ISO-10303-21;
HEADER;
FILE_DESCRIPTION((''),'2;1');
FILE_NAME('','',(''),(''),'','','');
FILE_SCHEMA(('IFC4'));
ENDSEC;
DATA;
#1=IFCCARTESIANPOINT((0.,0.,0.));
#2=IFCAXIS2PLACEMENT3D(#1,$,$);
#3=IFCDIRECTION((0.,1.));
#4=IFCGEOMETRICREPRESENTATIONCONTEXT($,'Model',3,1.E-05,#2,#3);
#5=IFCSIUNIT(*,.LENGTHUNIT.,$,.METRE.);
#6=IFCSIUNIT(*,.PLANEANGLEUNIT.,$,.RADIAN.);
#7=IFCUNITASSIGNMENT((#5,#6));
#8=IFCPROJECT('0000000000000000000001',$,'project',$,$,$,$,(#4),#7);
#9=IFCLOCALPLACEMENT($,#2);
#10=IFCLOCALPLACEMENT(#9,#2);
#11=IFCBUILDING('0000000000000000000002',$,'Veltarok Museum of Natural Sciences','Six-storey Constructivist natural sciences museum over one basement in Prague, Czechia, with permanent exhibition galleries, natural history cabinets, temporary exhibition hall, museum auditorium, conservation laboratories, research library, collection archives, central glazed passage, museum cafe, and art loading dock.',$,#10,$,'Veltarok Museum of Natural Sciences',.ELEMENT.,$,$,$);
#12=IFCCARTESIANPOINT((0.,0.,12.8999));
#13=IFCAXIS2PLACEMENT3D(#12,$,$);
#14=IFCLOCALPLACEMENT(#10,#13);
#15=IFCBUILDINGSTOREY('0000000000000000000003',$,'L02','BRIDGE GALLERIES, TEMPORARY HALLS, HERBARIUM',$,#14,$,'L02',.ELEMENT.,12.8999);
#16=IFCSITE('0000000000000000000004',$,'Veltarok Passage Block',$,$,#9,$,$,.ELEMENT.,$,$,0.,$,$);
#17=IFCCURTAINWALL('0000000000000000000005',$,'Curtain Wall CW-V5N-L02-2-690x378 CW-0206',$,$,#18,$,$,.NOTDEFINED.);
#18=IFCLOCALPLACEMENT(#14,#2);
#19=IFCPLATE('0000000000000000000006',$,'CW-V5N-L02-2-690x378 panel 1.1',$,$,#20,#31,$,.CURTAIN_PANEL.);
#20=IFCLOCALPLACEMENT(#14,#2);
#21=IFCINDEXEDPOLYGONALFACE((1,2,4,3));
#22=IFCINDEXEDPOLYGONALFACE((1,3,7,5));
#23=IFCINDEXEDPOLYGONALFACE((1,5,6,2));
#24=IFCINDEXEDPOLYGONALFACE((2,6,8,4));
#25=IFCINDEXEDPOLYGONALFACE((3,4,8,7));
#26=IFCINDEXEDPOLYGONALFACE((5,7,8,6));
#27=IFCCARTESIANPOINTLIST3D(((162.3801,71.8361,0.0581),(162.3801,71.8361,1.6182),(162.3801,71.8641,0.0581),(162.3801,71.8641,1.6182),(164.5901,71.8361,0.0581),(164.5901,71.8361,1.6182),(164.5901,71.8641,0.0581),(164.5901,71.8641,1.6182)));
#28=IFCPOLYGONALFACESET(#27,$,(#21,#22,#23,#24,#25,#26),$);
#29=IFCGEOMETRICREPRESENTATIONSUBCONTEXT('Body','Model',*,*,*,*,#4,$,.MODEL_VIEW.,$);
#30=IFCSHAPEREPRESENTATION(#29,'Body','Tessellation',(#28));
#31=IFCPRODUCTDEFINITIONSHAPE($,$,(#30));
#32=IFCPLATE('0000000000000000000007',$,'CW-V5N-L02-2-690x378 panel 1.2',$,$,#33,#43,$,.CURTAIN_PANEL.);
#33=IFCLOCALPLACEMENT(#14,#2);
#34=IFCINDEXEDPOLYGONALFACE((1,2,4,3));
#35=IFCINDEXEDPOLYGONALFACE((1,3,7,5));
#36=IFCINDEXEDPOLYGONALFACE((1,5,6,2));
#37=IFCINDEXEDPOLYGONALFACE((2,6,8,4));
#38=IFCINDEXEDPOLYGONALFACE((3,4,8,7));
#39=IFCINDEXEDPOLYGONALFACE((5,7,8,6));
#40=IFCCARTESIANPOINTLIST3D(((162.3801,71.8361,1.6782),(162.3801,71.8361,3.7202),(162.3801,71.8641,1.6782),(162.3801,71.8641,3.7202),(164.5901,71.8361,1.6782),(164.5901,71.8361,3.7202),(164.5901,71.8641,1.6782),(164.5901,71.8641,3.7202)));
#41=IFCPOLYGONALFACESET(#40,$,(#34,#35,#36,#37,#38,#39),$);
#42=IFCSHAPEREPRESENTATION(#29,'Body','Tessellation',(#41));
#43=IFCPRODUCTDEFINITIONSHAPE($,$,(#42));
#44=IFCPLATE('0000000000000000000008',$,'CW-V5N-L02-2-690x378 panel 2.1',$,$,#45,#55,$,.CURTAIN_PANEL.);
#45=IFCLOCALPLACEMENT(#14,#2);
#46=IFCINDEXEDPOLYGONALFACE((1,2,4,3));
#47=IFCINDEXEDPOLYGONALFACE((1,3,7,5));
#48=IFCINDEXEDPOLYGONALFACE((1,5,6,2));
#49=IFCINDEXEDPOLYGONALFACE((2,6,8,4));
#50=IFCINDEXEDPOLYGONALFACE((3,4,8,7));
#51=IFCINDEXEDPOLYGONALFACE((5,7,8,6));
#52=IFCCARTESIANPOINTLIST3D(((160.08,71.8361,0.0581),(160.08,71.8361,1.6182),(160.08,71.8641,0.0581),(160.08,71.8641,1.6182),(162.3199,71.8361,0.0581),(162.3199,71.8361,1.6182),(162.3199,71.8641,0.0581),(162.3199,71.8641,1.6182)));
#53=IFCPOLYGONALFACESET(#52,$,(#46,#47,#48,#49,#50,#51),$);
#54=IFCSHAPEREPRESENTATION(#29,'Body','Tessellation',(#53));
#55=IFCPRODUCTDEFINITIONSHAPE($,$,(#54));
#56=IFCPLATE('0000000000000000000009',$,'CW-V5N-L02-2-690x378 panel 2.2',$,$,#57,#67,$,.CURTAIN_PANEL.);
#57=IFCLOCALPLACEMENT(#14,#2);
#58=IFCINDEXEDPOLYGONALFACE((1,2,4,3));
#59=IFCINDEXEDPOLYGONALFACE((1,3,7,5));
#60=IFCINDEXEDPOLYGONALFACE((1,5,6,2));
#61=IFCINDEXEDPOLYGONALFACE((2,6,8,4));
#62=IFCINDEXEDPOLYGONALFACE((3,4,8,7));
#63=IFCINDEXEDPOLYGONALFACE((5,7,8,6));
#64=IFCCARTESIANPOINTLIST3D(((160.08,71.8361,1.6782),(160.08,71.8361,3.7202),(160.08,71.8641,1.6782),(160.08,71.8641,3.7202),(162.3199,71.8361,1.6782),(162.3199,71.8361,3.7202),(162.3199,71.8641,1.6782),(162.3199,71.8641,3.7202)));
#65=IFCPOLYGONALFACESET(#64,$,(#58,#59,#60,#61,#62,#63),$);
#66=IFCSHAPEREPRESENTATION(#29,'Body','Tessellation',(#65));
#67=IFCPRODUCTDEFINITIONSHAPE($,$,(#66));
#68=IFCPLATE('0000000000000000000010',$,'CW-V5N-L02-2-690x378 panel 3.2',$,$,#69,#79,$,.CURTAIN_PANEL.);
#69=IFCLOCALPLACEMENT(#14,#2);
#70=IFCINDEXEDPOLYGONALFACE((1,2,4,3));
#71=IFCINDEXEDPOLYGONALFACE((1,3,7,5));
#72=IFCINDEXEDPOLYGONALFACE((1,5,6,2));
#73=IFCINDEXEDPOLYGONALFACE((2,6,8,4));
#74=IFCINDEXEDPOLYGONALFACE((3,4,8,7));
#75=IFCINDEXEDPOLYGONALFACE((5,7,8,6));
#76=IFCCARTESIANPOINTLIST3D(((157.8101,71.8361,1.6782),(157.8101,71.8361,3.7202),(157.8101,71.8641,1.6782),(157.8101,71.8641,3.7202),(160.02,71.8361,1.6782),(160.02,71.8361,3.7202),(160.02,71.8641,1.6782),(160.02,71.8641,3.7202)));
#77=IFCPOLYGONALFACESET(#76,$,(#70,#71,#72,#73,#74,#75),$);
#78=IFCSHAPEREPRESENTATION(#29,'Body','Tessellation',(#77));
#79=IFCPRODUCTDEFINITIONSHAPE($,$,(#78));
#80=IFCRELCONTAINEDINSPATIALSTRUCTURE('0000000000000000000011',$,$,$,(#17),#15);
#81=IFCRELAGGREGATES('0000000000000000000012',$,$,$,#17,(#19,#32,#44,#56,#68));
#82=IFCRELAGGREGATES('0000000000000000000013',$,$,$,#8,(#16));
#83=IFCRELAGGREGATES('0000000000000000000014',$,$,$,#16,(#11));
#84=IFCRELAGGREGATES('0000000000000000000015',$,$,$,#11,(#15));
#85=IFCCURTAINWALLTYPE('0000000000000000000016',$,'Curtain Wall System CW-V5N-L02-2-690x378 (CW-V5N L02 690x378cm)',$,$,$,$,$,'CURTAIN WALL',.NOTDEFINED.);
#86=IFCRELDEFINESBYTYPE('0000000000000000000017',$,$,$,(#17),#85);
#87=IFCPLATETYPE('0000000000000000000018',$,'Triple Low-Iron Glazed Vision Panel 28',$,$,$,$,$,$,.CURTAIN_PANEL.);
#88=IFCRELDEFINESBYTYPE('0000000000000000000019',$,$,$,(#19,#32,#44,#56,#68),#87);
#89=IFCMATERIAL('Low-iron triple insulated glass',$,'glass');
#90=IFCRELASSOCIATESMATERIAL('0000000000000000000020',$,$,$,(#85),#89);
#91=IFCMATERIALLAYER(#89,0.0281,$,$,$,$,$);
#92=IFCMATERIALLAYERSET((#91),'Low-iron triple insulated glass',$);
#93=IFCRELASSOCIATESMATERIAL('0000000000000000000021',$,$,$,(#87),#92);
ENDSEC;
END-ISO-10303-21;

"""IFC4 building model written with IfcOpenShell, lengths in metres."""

from ifc_helpers import new_model, si_unit, direction, frame, origin, origin_2d, place, context, subcontext, project, spatial, rectangle, extrude, material, layer, layer_set, type_object, element, aggregate, save


model = new_model("IFC4")

# Units and contexts
model_context = context("Model", 3, precision=1e-05, world=origin(), true_north=direction((0.0, 1.0)))
body_context = subcontext(model_context, "Body", "Model", "MODEL_VIEW")
ifc_project = project(units=[si_unit("LENGTHUNIT", "METRE"), si_unit("PLANEANGLEUNIT", "RADIAN")], contexts=[model_context])

# Site, building, storey
site_placement = place(None, origin())
site = spatial("IfcSite", under=ifc_project, at=site_placement, Name="Veltarok Passage Block", CompositionType="ELEMENT", RefElevation=0.0)
building_placement = place(site_placement, origin())
building = spatial("IfcBuilding", under=site, at=building_placement, Name="Veltarok Museum of Natural Sciences", Description="Six-storey Constructivist natural sciences museum over one basement in Prague, Czechia, with permanent exhibition galleries, natural history cabinets, temporary exhibition hall, museum auditorium, conservation laboratories, research library, collection archives, central glazed passage, museum cafe, and art loading dock.", LongName="Veltarok Museum of Natural Sciences", CompositionType="ELEMENT")
storey_placement = place(building_placement, frame((0.0, 0.0, 12.8999)))
storey = spatial("IfcBuildingStorey", under=building, at=storey_placement, Name="L02", Description="BRIDGE GALLERIES, TEMPORARY HALLS, HERBARIUM", LongName="L02", CompositionType="ELEMENT", Elevation=12.8999)

# Curtain wall
ifc_material_1 = material(Name="Low-iron triple insulated glass", Category="glass")
curtain_wall_type_1 = type_object("IfcCurtainWallType", Name="Curtain Wall System CW-V5N-L02-2-690x378 (CW-V5N L02 690x378cm)", ElementType="CURTAIN WALL", PredefinedType="NOTDEFINED", material=ifc_material_1)
curtain_wall_1_placement = place(storey_placement, origin())
curtain_wall_1 = element("IfcCurtainWall", 1, at=curtain_wall_1_placement, inside=storey, type_object=curtain_wall_type_1, Name="Curtain Wall CW-V5N-L02-2-690x378 CW-0206", PredefinedType="NOTDEFINED")

# Plates
ifc_layer = layer(ifc_material_1, 0.0281)
ifc_layer_set = layer_set([ifc_layer], Name="Low-iron triple insulated glass")
plate_type = type_object("IfcPlateType", Name="Triple Low-Iron Glazed Vision Panel 28", PredefinedType="CURTAIN_PANEL", material=ifc_layer_set)
plate_1_placement = place(storey_placement, frame((163.4851, 71.8501, 0.0581), z_axis=(0.0, 0.0, 1.0), x_axis=(-1.0, 0.0, 0.0)))
plate_1 = element("IfcPlate", 2, at=plate_1_placement, type_object=plate_type, Name="CW-V5N-L02-2-690x378 panel 1.1", PredefinedType="CURTAIN_PANEL", context=body_context, shape_type="SweptSolid", body=[
    extrude(rectangle(XDim=2.21, YDim=0.0281, at=origin_2d()), origin(), (0.0, 0.0, 1.0), 1.5601),
])
plate_2_placement = place(storey_placement, frame((163.4851, 71.8501, 1.6782), z_axis=(0.0, 0.0, 1.0), x_axis=(-1.0, 0.0, 0.0)))
plate_2 = element("IfcPlate", 3, at=plate_2_placement, type_object=plate_type, Name="CW-V5N-L02-2-690x378 panel 1.2", PredefinedType="CURTAIN_PANEL", context=body_context, shape_type="SweptSolid", body=[
    extrude(rectangle(XDim=2.21, YDim=0.0281, at=origin_2d()), origin(), (0.0, 0.0, 1.0), 2.042),
])
plate_3_placement = place(storey_placement, frame((161.2, 71.8501, 0.0581), z_axis=(0.0, 0.0, 1.0), x_axis=(-1.0, 0.0, 0.0)))
plate_3 = element("IfcPlate", 4, at=plate_3_placement, type_object=plate_type, Name="CW-V5N-L02-2-690x378 panel 2.1", PredefinedType="CURTAIN_PANEL", context=body_context, shape_type="SweptSolid", body=[
    extrude(rectangle(XDim=2.24, YDim=0.0281, at=origin_2d()), origin(), (0.0, 0.0, 1.0), 1.5601),
])
plate_4_placement = place(storey_placement, frame((161.2, 71.8501, 1.6782), z_axis=(0.0, 0.0, 1.0), x_axis=(-1.0, 0.0, 0.0)))
plate_4 = element("IfcPlate", 5, at=plate_4_placement, type_object=plate_type, Name="CW-V5N-L02-2-690x378 panel 2.2", PredefinedType="CURTAIN_PANEL", context=body_context, shape_type="SweptSolid", body=[
    extrude(rectangle(XDim=2.24, YDim=0.0281, at=origin_2d()), origin(), (0.0, 0.0, 1.0), 2.042),
])
plate_5_placement = place(storey_placement, frame((158.915, 71.8501, 1.6782), z_axis=(0.0, 0.0, 1.0), x_axis=(-1.0, 0.0, 0.0)))
plate_5 = element("IfcPlate", 6, at=plate_5_placement, type_object=plate_type, Name="CW-V5N-L02-2-690x378 panel 3.2", PredefinedType="CURTAIN_PANEL", context=body_context, shape_type="SweptSolid", body=[
    extrude(rectangle(XDim=2.21, YDim=0.0281, at=origin_2d()), origin(), (0.0, 0.0, 1.0), 2.042),
])
aggregate(curtain_wall_1, [plate_1, plate_2, plate_3, plate_4, plate_5])

save(model, "model.ifc")
